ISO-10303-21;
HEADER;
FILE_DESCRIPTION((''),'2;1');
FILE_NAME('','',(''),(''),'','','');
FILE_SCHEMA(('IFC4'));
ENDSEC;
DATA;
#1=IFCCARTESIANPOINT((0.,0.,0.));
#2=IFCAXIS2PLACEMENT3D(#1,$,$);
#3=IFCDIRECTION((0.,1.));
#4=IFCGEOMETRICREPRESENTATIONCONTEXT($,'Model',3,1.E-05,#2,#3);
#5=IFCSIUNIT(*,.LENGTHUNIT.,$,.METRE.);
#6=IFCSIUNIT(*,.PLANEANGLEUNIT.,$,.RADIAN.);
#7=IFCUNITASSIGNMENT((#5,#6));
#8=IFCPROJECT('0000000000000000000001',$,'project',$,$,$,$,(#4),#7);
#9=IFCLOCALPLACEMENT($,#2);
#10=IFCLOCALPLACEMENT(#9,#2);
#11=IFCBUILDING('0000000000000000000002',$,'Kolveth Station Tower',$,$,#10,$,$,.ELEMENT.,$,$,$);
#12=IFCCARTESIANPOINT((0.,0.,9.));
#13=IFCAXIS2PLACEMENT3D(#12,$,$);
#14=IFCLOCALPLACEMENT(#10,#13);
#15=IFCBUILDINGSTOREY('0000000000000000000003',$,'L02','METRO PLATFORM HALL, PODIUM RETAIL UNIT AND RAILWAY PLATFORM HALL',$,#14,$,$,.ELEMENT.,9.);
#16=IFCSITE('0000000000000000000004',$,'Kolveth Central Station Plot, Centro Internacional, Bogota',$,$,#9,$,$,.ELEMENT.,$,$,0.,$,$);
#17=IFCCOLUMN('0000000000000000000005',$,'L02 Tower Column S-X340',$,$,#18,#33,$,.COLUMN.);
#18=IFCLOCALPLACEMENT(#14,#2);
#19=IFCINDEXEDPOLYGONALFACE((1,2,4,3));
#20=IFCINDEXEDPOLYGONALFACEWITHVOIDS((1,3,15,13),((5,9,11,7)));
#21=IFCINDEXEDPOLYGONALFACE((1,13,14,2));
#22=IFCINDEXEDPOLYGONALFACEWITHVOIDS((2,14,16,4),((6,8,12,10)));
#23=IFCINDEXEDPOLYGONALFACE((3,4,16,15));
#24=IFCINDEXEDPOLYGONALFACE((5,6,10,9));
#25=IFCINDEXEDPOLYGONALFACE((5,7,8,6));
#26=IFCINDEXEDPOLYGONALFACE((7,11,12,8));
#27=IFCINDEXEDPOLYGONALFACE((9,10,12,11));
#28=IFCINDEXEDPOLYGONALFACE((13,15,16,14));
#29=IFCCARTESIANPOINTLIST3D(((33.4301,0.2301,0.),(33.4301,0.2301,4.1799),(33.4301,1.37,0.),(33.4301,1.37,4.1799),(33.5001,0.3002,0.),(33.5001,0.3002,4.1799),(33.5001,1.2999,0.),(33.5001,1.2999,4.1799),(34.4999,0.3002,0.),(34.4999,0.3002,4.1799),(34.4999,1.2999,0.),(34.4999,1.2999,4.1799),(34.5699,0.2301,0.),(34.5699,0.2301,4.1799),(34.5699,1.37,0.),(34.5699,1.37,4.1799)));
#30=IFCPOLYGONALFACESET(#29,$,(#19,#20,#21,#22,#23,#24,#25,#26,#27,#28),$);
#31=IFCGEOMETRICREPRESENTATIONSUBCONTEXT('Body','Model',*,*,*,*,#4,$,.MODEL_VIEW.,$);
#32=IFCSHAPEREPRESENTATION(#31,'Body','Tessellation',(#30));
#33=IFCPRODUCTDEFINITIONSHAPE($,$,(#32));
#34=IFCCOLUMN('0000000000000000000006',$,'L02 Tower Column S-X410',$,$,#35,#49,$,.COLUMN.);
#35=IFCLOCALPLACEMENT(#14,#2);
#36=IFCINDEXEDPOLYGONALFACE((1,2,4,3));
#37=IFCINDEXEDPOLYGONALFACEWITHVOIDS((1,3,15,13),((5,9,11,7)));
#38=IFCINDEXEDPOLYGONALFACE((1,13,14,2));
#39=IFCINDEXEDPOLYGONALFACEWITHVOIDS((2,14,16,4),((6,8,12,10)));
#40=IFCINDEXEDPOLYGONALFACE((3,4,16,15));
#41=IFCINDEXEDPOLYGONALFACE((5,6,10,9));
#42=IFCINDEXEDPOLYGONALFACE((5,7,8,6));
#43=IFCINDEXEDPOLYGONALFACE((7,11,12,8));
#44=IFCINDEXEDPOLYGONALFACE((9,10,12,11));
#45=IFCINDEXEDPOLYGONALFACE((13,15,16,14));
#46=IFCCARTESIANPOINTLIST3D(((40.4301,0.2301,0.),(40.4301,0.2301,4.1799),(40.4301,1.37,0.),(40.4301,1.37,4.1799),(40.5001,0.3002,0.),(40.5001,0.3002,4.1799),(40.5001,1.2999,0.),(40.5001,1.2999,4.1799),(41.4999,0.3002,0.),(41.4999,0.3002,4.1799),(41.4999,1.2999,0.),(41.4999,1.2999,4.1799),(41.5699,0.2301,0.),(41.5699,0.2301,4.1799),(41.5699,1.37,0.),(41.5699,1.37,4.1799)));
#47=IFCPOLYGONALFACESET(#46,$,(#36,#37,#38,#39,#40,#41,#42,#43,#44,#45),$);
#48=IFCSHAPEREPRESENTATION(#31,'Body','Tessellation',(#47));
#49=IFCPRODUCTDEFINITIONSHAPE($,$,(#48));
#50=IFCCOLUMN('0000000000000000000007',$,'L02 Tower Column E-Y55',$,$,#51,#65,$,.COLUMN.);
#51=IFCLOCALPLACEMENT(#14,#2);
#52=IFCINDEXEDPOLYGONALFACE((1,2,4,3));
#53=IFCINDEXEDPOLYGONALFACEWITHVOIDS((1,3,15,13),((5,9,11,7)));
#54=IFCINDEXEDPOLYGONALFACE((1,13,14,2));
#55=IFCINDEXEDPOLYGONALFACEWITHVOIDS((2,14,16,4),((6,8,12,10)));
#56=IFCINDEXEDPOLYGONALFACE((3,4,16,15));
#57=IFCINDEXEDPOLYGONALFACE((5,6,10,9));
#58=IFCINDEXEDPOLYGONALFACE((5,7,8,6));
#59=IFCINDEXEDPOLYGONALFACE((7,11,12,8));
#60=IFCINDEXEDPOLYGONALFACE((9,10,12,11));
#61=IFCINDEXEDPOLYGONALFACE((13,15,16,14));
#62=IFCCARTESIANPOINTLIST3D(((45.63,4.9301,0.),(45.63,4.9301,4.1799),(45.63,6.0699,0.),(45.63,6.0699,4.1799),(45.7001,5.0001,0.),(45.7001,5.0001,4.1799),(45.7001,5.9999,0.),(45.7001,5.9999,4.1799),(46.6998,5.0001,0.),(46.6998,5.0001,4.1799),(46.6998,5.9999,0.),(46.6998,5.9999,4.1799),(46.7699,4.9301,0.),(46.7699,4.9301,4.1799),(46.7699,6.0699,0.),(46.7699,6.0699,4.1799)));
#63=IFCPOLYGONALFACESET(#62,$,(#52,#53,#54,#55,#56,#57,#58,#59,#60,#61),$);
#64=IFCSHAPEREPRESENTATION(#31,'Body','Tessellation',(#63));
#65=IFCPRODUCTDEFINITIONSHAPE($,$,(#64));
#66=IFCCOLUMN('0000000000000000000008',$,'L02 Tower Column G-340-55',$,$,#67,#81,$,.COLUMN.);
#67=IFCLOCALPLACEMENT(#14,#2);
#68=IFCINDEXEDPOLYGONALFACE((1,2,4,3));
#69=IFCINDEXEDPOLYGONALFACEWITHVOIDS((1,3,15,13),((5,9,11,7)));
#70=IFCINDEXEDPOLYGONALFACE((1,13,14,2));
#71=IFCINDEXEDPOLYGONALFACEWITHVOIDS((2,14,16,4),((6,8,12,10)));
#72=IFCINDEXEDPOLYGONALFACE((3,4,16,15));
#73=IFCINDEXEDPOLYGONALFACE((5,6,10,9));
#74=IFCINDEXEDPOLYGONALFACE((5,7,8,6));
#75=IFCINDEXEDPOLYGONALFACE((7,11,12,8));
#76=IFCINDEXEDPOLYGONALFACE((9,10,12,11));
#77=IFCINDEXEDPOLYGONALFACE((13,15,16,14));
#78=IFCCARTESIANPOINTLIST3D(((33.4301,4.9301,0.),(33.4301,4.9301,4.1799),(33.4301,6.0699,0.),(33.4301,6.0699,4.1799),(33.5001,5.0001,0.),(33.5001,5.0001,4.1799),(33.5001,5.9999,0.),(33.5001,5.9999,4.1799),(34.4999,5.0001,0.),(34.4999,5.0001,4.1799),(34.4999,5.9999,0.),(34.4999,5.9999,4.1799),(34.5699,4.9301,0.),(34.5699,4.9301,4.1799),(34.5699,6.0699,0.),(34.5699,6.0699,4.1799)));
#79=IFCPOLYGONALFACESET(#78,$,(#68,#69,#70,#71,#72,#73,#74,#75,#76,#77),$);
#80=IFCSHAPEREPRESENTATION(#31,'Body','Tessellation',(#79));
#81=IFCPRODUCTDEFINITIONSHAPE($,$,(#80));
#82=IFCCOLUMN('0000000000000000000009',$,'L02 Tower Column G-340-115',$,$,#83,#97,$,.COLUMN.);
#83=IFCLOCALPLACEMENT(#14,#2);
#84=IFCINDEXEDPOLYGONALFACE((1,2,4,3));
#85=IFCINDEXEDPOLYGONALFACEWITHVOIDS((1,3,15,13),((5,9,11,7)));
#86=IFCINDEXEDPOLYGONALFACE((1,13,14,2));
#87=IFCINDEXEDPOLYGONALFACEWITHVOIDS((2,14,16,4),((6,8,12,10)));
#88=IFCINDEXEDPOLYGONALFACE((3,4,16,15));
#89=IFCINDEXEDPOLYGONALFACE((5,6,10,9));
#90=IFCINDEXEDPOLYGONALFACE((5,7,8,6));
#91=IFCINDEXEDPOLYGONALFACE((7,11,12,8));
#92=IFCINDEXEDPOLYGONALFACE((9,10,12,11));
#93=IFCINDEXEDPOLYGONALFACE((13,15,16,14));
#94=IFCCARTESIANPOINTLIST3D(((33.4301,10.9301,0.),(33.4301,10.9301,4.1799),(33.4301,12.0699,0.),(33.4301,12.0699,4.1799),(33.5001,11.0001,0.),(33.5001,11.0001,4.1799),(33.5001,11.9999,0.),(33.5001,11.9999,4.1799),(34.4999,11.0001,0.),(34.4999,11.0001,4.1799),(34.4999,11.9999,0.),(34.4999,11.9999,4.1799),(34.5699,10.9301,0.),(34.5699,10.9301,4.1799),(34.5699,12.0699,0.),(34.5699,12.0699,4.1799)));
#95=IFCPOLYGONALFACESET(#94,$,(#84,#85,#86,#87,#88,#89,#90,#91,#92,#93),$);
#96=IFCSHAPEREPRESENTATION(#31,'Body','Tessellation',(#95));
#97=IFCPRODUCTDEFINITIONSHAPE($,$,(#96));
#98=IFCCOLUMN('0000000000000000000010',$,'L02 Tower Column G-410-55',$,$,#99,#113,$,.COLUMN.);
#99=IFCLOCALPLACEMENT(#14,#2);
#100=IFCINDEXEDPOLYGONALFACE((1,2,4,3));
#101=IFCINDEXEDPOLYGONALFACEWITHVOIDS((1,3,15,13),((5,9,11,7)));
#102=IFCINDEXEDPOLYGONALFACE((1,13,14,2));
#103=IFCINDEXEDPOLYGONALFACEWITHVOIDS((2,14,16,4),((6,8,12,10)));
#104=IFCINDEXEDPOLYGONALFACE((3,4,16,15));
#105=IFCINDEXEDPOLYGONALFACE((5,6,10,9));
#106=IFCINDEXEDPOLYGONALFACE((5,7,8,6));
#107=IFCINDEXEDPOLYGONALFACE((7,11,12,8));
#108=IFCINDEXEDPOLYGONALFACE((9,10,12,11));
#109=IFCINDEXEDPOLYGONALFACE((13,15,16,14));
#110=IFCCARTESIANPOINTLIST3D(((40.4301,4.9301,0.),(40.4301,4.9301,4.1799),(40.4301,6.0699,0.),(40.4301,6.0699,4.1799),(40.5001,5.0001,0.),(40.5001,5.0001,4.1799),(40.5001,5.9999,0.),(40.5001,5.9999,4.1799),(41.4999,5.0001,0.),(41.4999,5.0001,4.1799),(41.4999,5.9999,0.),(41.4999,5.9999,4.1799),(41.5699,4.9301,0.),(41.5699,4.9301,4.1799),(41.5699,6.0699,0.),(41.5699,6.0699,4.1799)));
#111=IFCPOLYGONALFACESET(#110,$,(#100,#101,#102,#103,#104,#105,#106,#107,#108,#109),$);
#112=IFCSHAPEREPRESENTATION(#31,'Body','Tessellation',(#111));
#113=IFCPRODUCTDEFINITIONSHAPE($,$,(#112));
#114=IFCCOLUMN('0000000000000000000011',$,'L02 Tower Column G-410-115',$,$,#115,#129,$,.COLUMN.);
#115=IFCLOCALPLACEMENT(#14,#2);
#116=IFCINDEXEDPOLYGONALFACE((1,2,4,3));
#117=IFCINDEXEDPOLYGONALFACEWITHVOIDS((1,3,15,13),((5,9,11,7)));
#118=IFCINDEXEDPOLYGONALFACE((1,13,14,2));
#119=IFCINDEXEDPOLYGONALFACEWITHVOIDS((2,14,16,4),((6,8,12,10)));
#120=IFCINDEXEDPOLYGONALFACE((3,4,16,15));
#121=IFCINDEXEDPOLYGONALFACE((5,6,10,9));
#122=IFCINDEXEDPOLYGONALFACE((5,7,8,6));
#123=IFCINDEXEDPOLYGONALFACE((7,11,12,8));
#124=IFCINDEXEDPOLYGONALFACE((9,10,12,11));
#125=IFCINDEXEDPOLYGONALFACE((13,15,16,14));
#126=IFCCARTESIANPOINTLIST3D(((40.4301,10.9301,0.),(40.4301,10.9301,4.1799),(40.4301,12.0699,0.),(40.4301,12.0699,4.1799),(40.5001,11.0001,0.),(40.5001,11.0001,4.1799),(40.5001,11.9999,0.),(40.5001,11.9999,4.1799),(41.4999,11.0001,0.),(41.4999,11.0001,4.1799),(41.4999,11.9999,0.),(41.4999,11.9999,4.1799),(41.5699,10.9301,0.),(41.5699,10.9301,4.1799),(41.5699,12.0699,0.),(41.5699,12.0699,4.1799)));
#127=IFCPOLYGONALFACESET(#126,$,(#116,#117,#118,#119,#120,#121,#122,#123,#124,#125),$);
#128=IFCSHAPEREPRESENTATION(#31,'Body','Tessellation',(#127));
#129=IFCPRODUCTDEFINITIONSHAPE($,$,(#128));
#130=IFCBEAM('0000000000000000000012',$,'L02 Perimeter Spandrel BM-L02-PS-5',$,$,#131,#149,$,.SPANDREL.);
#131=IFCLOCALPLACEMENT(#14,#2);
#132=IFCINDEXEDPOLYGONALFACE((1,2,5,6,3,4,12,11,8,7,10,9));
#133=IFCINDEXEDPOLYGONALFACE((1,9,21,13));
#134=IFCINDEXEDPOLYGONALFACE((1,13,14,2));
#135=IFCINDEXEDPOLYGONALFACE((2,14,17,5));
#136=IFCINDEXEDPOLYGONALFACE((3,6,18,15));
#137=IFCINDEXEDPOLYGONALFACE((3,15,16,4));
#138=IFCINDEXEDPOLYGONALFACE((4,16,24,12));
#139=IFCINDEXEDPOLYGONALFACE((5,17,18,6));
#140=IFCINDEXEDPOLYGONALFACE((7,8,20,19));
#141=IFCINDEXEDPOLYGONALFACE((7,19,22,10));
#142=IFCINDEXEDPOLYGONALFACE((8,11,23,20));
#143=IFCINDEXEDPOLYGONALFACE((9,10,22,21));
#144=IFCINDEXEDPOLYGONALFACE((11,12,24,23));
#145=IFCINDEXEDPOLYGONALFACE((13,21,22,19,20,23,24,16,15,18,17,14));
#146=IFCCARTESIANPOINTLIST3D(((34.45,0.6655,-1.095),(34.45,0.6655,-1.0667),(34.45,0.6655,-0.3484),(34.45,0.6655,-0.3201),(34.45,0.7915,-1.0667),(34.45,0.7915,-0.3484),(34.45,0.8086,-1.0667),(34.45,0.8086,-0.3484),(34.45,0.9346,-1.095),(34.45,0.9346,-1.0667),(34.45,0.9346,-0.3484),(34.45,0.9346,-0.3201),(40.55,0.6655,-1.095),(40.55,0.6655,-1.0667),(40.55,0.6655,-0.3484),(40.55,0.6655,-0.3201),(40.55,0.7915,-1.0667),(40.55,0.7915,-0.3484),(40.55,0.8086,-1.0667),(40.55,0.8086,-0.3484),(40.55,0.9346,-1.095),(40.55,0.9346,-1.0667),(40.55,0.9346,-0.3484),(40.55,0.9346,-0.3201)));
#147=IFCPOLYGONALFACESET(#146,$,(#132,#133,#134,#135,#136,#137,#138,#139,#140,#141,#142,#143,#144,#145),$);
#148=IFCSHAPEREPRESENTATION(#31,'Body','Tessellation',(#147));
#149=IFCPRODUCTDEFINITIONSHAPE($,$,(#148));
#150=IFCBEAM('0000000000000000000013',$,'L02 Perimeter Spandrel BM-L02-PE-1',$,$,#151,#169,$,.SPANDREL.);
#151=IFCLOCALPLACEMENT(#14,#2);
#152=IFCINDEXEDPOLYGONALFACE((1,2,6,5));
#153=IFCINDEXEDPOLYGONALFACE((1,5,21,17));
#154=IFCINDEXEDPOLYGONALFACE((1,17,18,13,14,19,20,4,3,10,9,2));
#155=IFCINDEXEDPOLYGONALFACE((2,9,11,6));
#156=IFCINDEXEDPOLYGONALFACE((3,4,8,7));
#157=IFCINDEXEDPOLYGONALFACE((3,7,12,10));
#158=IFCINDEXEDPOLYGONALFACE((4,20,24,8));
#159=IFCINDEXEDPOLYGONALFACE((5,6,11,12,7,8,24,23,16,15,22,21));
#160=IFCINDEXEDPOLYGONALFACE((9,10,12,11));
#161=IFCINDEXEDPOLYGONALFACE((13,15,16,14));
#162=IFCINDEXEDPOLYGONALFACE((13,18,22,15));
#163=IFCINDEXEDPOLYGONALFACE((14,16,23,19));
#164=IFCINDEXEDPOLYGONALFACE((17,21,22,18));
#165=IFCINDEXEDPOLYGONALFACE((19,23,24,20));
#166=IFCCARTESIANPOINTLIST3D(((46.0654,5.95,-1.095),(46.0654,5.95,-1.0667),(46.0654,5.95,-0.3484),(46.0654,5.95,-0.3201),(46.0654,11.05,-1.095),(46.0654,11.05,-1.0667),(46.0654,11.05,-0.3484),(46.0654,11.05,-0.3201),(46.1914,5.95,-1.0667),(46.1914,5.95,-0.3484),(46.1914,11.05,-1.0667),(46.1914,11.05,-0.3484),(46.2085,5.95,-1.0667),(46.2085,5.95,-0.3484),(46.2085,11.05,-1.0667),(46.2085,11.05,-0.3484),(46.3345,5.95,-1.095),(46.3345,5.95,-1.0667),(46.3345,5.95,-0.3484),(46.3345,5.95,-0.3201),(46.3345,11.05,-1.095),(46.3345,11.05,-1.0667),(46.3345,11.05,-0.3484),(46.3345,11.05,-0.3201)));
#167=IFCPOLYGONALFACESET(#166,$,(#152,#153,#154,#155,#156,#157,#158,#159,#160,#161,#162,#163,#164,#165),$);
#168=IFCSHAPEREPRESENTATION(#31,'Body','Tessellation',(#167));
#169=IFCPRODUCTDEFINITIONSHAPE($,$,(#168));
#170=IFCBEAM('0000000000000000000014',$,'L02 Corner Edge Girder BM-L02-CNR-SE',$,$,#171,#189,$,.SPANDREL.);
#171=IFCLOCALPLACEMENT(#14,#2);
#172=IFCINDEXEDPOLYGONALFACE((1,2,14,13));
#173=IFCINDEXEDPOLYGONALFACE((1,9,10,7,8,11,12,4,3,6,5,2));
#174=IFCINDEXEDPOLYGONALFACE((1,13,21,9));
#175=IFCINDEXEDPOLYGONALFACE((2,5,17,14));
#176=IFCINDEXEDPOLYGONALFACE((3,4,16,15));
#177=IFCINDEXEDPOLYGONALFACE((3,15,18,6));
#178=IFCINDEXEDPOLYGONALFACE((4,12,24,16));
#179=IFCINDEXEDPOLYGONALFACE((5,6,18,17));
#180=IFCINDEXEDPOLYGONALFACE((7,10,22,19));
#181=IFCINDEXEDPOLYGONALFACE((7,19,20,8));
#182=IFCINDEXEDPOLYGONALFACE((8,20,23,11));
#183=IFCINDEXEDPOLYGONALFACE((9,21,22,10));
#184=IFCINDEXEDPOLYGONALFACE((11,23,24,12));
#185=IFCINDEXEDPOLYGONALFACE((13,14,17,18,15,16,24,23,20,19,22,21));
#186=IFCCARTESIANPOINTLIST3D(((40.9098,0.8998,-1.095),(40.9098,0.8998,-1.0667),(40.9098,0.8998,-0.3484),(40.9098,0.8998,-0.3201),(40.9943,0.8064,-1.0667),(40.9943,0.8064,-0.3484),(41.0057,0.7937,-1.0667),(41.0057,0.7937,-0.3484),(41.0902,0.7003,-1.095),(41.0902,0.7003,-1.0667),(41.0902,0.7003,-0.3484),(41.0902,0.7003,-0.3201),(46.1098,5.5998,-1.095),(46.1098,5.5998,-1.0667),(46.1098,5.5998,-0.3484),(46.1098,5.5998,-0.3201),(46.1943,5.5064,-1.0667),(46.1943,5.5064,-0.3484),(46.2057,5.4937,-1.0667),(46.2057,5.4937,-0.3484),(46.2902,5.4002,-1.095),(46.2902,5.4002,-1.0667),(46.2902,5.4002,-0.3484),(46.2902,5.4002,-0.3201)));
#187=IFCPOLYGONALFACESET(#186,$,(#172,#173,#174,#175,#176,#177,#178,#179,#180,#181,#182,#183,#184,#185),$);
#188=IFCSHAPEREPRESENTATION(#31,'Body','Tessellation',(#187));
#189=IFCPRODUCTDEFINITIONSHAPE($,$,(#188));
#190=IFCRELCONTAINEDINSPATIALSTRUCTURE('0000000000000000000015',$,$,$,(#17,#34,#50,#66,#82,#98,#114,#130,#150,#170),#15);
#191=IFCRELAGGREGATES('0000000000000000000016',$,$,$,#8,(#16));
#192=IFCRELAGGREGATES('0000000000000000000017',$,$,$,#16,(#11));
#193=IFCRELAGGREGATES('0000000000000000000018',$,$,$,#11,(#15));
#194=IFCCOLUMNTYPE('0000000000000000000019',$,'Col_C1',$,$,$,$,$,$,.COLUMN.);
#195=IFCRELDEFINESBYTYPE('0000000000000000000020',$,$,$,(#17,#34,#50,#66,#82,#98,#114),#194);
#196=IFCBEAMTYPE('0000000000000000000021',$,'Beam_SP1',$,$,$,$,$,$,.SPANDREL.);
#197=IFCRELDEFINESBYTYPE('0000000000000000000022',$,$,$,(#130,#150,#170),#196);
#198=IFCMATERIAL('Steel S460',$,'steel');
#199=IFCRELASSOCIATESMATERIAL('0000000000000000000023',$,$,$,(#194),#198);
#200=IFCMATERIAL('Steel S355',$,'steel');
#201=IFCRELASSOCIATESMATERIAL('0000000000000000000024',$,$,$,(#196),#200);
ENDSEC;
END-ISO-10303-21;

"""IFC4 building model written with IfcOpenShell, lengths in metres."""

from ifc_helpers import new_model, si_unit, direction, frame, origin, origin_2d, place, context, subcontext, project, spatial, hollow_rectangle, i_section, extrude, source, transform, mapped, material, material_profile, profile_set, type_object, element, save


model = new_model("IFC4")

# Units and contexts
model_context = context("Model", 3, precision=1e-05, world=origin(), true_north=direction((0.0, 1.0)))
body_context = subcontext(model_context, "Body", "Model", "MODEL_VIEW")
ifc_project = project(units=[si_unit("LENGTHUNIT", "METRE"), si_unit("PLANEANGLEUNIT", "RADIAN")], contexts=[model_context])

# Site, building, storey
site_placement = place(None, origin())
site = spatial("IfcSite", under=ifc_project, at=site_placement, Name="Kolveth Central Station Plot, Centro Internacional, Bogota", CompositionType="ELEMENT", RefElevation=0.0)
building_placement = place(site_placement, origin())
building = spatial("IfcBuilding", under=site, at=building_placement, Name="Kolveth Station Tower", CompositionType="ELEMENT")
storey_placement = place(building_placement, frame((0.0, 0.0, 9.0)))
storey = spatial("IfcBuildingStorey", under=building, at=storey_placement, Name="L02", Description="METRO PLATFORM HALL, PODIUM RETAIL UNIT AND RAILWAY PLATFORM HALL", CompositionType="ELEMENT", Elevation=9.0)

# Columns
ifc_material_1 = material(Name="Steel S460", Category="steel")
ifc_material_profile_1 = material_profile(ifc_material_1, hollow_rectangle(XDim=1.1399, YDim=1.1399, WallThickness=0.0701, at=origin_2d()), Name="BOX1140x1140x70")
ifc_profile_set_1 = profile_set([ifc_material_profile_1], Name="Steel S460")
column_type = type_object("IfcColumnType", Name="Col_C1", PredefinedType="COLUMN", material=ifc_profile_set_1)
shared_shape_1 = source(origin(), body_context, "Body", "SweptSolid", [
    extrude(hollow_rectangle(XDim=1.1399, YDim=1.1399, WallThickness=0.0701, at=origin_2d()), origin(), (0.0, 0.0, 1.0), 4.1799),
])
for number, where, z_axis, x_axis, name in (
    (1, (34.0, 0.8, 0.0), (0.0, 0.0, 1.0), (1.0, 0.0, 0.0), "L02 Tower Column S-X340"),
    (2, (41.0, 0.8, 0.0), (0.0, 0.0, 1.0), (1.0, 0.0, 0.0), "L02 Tower Column S-X410"),
    (3, (46.2, 5.5, 0.0), (0.0, 0.0, 1.0), (1.0, 0.0, 0.0), "L02 Tower Column E-Y55"),
    (4, (34.0, 5.5, 0.0), (0.0, 0.0, 1.0), (1.0, 0.0, 0.0), "L02 Tower Column G-340-55"),
    (5, (34.0, 11.5, 0.0), (0.0, 0.0, 1.0), (1.0, 0.0, 0.0), "L02 Tower Column G-340-115"),
    (6, (41.0, 5.5, 0.0), (0.0, 0.0, 1.0), (1.0, 0.0, 0.0), "L02 Tower Column G-410-55"),
    (7, (41.0, 11.5, 0.0), (0.0, 0.0, 1.0), (1.0, 0.0, 0.0), "L02 Tower Column G-410-115"),
):
    element("IfcColumn", number, at=place(storey_placement, frame(where, z_axis=z_axis, x_axis=x_axis)), inside=storey, type_object=column_type, Name=name, PredefinedType="COLUMN", context=body_context, shape_type="MappedRepresentation", body=[
        mapped(shared_shape_1, transform((0.0, 0.0, 0.0), x_axis=(1.0, 0.0, 0.0), y_axis=(0.0, 1.0, 0.0), z_axis=(0.0, 0.0, 1.0), scale=1.0)),
    ])

# Beams
ifc_material_2 = material(Name="Steel S355", Category="steel")
ifc_material_profile_2 = material_profile(ifc_material_2, i_section(OverallWidth=0.269, OverallDepth=0.7749, WebThickness=0.0171, FlangeThickness=0.0283, at=origin_2d()), Name="W760x220")
ifc_profile_set_2 = profile_set([ifc_material_profile_2], Name="Steel S355")
beam_type_1 = type_object("IfcBeamType", Name="Beam_SP1", PredefinedType="SPANDREL", material=ifc_profile_set_2)
shared_shape_2 = source(origin(), body_context, "Body", "SweptSolid", [
    extrude(i_section(OverallWidth=0.269, OverallDepth=0.7749, WebThickness=0.0171, FlangeThickness=0.0283, at=origin_2d()), origin(), (0.0, 0.0, 1.0), 6.1001),
])
beam_1_placement = place(storey_placement, frame((34.45, 0.8, -0.7075), z_axis=(1.0, 0.0, 0.0), x_axis=(0.0, 1.0, 0.0)))
element("IfcBeam", 8, at=beam_1_placement, inside=storey, type_object=beam_type_1, Name="L02 Perimeter Spandrel BM-L02-PS-5", PredefinedType="SPANDREL", context=body_context, shape_type="MappedRepresentation", body=[
    mapped(shared_shape_2, transform((0.0, 0.0, 0.0), x_axis=(1.0, 0.0, 0.0), y_axis=(0.0, 1.0, 0.0), z_axis=(0.0, 0.0, 1.0), scale=1.0)),
])
shared_shape_3 = source(origin(), body_context, "Body", "SweptSolid", [
    extrude(i_section(OverallWidth=0.269, OverallDepth=0.7749, WebThickness=0.0171, FlangeThickness=0.0283, at=origin_2d()), origin(), (0.0, 0.0, 1.0), 5.1001),
])
beam_2_placement = place(storey_placement, frame((46.2, 5.95, -0.7075), z_axis=(0.0, 1.0, 0.0), x_axis=(-1.0, 0.0, 0.0)))
element("IfcBeam", 9, at=beam_2_placement, inside=storey, type_object=beam_type_1, Name="L02 Perimeter Spandrel BM-L02-PE-1", PredefinedType="SPANDREL", context=body_context, shape_type="MappedRepresentation", body=[
    mapped(shared_shape_3, transform((0.0, 0.0, 0.0), x_axis=(1.0, 0.0, 0.0), y_axis=(0.0, 1.0, 0.0), z_axis=(0.0, 0.0, 1.0), scale=1.0)),
])
shared_shape_4 = source(origin(), body_context, "Body", "SweptSolid", [
    extrude(i_section(OverallWidth=0.269, OverallDepth=0.7749, WebThickness=0.0171, FlangeThickness=0.0283, at=origin_2d()), origin(), (0.0, 0.0, 1.0), 7.0093),
])
beam_3_placement = place(storey_placement, frame((41.0, 0.8, -0.7075), z_axis=(0.741874, 0.670539, 0.0), x_axis=(-0.670539, 0.741874, 0.0)))
element("IfcBeam", 10, at=beam_3_placement, inside=storey, type_object=beam_type_1, Name="L02 Corner Edge Girder BM-L02-CNR-SE", PredefinedType="SPANDREL", context=body_context, shape_type="MappedRepresentation", body=[
    mapped(shared_shape_4, transform((0.0, 0.0, 0.0), x_axis=(1.0, 0.0, 0.0), y_axis=(0.0, 1.0, 0.0), z_axis=(0.0, 0.0, 1.0), scale=1.0)),
])

save(model, "model.ifc")
